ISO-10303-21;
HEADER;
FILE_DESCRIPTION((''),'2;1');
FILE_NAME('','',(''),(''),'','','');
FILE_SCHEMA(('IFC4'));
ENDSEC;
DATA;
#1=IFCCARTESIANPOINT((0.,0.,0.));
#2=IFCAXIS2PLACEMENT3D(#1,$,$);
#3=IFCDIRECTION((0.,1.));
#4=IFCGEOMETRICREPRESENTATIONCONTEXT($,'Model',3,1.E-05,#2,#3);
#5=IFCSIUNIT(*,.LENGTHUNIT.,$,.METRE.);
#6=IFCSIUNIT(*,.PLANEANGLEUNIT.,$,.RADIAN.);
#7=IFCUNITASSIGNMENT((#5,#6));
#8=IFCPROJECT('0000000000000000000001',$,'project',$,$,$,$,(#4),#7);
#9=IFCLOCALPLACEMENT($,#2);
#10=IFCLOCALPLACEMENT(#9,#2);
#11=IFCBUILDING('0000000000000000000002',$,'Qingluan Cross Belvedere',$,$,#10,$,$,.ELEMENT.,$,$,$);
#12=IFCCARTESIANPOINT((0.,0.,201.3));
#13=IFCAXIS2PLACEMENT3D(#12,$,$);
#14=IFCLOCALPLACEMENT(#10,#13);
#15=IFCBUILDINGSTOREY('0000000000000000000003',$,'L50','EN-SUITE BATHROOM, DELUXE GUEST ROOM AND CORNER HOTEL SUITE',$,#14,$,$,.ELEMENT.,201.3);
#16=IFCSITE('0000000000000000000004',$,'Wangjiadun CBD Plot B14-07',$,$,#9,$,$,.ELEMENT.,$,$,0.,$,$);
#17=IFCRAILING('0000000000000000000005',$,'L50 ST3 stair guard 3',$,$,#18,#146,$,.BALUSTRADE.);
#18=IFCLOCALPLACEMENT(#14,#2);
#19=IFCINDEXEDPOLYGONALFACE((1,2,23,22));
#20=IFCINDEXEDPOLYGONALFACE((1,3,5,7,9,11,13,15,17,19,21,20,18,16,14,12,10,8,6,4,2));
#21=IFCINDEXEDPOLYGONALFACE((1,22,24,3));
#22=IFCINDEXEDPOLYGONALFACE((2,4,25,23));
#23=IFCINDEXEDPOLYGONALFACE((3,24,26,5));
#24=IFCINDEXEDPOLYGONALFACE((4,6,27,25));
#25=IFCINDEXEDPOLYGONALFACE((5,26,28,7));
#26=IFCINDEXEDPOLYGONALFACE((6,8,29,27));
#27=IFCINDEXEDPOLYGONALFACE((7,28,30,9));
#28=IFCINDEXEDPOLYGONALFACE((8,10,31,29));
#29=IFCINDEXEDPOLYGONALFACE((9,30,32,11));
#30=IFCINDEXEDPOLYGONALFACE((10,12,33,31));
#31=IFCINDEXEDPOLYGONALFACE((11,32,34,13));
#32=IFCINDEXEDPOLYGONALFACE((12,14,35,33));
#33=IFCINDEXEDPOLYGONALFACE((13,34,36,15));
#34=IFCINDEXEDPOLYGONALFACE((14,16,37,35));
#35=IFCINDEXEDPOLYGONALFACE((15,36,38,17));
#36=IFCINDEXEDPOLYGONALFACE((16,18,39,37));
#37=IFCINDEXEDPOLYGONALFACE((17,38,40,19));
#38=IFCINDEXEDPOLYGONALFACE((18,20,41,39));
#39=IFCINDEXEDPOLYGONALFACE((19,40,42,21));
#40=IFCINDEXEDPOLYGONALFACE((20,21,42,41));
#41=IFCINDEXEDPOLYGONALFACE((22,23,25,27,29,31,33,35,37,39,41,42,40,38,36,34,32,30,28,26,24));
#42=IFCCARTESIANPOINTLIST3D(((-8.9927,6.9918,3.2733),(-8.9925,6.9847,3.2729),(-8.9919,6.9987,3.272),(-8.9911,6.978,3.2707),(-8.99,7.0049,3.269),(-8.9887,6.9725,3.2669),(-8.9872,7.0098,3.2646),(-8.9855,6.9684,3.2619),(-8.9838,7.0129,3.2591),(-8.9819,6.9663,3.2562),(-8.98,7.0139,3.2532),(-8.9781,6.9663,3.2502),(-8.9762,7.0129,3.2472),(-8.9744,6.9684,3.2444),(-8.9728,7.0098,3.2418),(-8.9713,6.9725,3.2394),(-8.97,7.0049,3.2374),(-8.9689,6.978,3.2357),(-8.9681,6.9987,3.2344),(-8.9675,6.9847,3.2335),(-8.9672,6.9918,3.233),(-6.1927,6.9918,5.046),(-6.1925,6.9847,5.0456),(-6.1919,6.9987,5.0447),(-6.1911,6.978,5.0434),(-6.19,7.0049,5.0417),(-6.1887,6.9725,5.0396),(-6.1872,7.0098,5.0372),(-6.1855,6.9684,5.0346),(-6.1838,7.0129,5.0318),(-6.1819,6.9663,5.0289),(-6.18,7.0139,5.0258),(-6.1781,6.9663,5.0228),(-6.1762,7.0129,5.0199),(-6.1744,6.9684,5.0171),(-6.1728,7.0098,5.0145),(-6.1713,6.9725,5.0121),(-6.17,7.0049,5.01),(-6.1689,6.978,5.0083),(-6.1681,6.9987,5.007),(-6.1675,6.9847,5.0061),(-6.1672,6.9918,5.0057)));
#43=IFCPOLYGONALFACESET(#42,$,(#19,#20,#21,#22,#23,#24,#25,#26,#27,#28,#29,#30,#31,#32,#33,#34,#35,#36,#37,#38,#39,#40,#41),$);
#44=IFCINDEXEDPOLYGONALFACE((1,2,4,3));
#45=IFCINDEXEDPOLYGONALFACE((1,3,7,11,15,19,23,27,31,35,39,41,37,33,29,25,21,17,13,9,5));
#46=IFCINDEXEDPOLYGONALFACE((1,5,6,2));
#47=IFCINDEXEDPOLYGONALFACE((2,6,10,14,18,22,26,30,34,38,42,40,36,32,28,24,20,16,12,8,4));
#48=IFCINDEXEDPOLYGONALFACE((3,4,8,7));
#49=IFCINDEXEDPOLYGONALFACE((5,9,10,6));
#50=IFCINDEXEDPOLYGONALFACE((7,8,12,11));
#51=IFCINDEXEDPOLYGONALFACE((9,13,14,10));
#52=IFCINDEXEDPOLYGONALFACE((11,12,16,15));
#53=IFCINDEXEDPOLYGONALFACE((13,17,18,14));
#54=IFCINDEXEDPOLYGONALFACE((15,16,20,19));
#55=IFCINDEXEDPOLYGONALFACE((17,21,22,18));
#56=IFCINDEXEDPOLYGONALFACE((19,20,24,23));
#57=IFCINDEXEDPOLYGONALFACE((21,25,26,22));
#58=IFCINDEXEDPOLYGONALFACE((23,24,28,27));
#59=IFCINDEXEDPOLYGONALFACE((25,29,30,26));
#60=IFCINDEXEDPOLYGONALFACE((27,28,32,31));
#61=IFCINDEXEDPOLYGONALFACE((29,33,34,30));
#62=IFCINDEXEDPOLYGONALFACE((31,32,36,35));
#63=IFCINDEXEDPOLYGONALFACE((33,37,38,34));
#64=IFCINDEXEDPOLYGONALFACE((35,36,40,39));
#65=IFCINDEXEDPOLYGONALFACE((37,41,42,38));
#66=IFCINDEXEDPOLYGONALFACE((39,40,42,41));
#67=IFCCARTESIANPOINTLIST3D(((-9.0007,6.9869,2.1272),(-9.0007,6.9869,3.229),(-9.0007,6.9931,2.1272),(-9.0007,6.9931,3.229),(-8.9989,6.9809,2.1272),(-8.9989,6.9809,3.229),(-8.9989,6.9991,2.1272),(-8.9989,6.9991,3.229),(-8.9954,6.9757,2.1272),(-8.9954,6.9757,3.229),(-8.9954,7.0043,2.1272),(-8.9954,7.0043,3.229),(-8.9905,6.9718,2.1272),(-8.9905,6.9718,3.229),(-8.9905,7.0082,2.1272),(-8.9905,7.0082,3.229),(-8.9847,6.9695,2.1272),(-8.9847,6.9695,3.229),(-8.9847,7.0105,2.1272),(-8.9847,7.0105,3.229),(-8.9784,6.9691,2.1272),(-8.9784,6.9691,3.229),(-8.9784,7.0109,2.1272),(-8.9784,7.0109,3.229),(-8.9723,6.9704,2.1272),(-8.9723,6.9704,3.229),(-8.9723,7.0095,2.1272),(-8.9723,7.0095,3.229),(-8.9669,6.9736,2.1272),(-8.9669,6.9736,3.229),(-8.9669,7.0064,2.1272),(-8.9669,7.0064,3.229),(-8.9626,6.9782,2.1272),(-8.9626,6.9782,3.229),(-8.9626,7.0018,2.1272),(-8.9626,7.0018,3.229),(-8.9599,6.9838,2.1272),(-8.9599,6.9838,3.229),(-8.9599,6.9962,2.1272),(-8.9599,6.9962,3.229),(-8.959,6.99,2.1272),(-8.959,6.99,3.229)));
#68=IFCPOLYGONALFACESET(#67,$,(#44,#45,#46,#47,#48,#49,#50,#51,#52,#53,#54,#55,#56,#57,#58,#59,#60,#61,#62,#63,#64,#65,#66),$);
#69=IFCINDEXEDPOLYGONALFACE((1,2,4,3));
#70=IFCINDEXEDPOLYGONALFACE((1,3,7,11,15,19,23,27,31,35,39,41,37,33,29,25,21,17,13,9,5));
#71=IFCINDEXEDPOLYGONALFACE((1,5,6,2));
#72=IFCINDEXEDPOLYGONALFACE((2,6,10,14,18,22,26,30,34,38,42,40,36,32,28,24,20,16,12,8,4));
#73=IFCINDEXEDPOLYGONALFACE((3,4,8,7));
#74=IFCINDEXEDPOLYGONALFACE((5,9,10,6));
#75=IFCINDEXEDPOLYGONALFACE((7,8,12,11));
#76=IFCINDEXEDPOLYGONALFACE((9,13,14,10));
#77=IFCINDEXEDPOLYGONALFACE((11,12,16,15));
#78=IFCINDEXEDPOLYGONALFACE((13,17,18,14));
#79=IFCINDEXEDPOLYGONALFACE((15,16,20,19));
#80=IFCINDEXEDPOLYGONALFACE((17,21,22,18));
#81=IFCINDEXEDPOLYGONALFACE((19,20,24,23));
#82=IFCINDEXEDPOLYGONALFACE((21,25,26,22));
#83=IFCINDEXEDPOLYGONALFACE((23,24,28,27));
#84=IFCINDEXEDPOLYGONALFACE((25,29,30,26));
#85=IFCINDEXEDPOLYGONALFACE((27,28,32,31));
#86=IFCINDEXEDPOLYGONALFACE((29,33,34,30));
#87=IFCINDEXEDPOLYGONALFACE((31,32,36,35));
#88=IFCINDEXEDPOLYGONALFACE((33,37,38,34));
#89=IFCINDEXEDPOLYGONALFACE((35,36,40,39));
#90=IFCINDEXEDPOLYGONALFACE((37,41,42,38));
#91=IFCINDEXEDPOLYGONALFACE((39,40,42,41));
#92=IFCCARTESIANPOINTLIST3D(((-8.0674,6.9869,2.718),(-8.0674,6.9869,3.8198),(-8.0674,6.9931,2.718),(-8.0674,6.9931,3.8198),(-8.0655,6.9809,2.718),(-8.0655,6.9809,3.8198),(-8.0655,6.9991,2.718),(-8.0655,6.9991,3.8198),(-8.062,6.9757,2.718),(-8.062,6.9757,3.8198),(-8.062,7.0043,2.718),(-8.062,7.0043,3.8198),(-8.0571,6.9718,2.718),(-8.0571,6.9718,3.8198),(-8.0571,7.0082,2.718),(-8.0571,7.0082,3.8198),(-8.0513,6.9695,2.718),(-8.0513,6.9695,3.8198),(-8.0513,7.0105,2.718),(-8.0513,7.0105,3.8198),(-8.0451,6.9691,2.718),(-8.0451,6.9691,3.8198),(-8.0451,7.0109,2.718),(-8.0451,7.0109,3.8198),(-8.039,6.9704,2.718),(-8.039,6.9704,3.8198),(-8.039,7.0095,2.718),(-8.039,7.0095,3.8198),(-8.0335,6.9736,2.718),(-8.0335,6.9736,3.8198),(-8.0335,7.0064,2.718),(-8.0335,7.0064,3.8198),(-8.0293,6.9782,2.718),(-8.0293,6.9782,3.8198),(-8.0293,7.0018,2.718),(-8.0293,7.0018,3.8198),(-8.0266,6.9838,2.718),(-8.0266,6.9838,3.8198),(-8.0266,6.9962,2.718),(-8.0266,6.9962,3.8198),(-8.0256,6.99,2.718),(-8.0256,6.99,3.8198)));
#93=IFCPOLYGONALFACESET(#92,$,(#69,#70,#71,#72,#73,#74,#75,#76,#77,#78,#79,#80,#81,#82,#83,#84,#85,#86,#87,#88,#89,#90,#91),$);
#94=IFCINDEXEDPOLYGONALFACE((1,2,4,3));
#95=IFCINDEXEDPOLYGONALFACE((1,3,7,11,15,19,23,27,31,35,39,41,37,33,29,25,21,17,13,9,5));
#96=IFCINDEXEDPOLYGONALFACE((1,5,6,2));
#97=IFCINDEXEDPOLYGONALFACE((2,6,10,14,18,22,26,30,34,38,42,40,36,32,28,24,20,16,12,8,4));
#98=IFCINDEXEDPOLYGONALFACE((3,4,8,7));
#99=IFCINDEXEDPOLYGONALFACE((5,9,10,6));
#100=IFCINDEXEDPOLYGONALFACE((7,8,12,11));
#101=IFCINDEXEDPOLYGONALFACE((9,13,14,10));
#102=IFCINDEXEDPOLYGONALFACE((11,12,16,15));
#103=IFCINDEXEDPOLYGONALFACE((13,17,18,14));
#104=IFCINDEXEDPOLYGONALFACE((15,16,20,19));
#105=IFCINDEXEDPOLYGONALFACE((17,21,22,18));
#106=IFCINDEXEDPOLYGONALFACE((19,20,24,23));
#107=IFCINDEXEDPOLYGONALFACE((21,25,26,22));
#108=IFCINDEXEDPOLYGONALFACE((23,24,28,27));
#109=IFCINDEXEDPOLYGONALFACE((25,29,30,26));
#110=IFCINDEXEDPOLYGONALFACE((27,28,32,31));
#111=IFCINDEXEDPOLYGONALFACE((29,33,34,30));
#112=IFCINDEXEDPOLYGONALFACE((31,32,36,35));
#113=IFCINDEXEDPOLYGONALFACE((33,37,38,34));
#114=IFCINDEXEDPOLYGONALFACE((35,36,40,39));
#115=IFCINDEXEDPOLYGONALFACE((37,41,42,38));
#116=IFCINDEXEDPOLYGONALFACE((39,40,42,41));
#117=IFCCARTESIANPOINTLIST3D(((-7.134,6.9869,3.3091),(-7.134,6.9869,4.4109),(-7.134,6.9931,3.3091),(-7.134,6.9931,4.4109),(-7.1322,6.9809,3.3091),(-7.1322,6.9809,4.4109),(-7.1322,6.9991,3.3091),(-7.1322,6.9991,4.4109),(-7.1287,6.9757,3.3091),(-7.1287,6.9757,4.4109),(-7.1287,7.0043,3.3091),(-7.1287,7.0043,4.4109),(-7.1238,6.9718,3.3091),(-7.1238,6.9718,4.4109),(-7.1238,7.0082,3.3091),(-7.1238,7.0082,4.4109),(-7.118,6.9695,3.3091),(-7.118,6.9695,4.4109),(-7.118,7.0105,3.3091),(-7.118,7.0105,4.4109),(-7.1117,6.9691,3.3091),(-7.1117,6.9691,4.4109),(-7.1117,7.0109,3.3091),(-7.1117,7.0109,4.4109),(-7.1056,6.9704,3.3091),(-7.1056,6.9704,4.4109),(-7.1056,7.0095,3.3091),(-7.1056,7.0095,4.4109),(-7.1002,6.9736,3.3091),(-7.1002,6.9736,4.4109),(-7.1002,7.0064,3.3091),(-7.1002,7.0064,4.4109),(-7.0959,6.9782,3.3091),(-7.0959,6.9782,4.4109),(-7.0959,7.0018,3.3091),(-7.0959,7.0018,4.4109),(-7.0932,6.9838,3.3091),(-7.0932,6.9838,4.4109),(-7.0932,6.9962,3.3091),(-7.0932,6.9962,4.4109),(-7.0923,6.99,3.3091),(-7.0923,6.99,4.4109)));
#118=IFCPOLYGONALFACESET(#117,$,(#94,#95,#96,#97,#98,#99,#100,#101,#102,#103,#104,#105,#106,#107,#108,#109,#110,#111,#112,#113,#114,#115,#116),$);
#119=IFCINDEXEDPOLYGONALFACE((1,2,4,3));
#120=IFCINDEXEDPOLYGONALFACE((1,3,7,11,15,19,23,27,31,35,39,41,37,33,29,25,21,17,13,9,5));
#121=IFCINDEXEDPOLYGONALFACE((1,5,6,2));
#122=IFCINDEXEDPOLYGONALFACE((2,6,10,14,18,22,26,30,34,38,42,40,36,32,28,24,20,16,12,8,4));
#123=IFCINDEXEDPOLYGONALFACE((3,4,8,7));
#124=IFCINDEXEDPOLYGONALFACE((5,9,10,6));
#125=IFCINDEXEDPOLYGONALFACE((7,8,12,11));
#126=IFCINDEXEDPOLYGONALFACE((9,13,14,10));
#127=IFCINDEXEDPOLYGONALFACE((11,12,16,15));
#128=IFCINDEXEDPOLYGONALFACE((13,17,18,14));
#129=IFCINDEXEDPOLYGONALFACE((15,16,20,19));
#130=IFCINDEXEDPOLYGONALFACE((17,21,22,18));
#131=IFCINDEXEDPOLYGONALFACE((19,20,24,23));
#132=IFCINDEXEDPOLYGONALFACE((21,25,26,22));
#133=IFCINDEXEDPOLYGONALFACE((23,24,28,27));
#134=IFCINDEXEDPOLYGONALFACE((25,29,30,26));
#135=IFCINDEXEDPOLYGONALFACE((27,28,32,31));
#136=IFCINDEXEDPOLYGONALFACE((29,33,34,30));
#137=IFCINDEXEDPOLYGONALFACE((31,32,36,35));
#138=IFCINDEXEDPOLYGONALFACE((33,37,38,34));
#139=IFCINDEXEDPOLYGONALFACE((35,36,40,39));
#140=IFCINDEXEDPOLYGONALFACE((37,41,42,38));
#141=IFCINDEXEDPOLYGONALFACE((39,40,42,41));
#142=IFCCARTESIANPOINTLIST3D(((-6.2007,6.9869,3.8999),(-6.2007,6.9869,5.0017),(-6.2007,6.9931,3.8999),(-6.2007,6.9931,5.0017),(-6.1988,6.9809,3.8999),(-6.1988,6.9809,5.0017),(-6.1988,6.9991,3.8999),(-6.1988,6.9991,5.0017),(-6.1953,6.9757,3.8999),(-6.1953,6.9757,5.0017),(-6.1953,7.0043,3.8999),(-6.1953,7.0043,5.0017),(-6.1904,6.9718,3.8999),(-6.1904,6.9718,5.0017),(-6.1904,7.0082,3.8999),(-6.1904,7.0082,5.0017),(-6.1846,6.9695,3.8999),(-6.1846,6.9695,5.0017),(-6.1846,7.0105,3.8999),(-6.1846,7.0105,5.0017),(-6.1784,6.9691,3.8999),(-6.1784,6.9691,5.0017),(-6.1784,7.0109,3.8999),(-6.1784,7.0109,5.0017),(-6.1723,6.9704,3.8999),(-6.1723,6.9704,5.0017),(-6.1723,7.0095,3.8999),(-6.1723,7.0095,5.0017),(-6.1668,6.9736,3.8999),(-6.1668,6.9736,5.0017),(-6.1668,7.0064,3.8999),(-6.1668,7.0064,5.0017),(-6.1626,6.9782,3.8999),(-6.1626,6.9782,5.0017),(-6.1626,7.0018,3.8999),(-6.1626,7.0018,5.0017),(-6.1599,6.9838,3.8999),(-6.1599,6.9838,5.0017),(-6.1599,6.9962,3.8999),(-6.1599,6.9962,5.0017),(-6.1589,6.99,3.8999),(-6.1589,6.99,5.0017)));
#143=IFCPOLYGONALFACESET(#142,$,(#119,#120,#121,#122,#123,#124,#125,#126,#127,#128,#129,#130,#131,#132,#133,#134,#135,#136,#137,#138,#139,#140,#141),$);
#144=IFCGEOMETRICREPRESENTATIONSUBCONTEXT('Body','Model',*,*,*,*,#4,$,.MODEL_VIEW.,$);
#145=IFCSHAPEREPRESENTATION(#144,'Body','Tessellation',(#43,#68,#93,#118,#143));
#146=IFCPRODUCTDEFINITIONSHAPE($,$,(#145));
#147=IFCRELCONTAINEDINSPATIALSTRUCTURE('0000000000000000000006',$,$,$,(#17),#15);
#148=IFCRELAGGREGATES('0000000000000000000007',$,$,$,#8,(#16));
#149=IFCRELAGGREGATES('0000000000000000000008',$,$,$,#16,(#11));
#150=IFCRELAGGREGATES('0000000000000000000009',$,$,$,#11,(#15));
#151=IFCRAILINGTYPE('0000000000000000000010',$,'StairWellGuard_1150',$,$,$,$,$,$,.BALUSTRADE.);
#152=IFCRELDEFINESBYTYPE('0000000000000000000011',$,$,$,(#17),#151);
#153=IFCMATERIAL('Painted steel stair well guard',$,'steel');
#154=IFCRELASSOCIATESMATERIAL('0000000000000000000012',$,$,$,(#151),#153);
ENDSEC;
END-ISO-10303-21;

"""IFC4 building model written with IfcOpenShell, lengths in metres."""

from ifc_helpers import new_model, si_unit, direction, frame, origin, origin_2d, place, context, subcontext, project, spatial, circle, extrude, material, type_object, element, save


model = new_model("IFC4")

# Units and contexts
model_context = context("Model", 3, precision=1e-05, world=origin(), true_north=direction((0.0, 1.0)))
body_context = subcontext(model_context, "Body", "Model", "MODEL_VIEW")
ifc_project = project(units=[si_unit("LENGTHUNIT", "METRE"), si_unit("PLANEANGLEUNIT", "RADIAN")], contexts=[model_context])

# Site, building, storey
site_placement = place(None, origin())
site = spatial("IfcSite", under=ifc_project, at=site_placement, Name="Wangjiadun CBD Plot B14-07", CompositionType="ELEMENT", RefElevation=0.0)
building_placement = place(site_placement, origin())
building = spatial("IfcBuilding", under=site, at=building_placement, Name="Qingluan Cross Belvedere", CompositionType="ELEMENT")
storey_placement = place(building_placement, frame((0.0, 0.0, 201.3)))
storey = spatial("IfcBuildingStorey", under=building, at=storey_placement, Name="L50", Description="EN-SUITE BATHROOM, DELUXE GUEST ROOM AND CORNER HOTEL SUITE", CompositionType="ELEMENT", Elevation=201.3)

# Railing
ifc_material_1 = material(Name="Painted steel stair well guard", Category="steel")
railing_type_1 = type_object("IfcRailingType", Name="StairWellGuard_1150", PredefinedType="BALUSTRADE", material=ifc_material_1)
railing_1_placement = place(storey_placement, frame((-8.98, 6.99, 2.1272)))
element("IfcRailing", 1, at=railing_1_placement, inside=storey, type_object=railing_type_1, Name="L50 ST3 stair guard 3", PredefinedType="BALUSTRADE", context=body_context, shape_type="SweptSolid", body=[
    extrude(circle(Radius=0.0239, at=origin_2d()), frame((0.0, 0.0, 1.126), z_axis=(0.844909, 0.0, 0.53491), x_axis=(0.0, 1.0, 0.0)), (0.0, 0.0, 1.0), 3.314),
    extrude(circle(Radius=0.021, at=origin_2d()), origin(), (0.0, 0.0, 1.0), 1.1018),
    extrude(circle(Radius=0.021, at=origin_2d()), frame((0.9333, 0.0, 0.5908)), (0.0, 0.0, 1.0), 1.1018),
    extrude(circle(Radius=0.021, at=origin_2d()), frame((1.8667, 0.0, 1.1819)), (0.0, 0.0, 1.0), 1.1018),
    extrude(circle(Radius=0.021, at=origin_2d()), frame((2.8, 0.0, 1.7727)), (0.0, 0.0, 1.0), 1.1018),
])

save(model, "model.ifc")
